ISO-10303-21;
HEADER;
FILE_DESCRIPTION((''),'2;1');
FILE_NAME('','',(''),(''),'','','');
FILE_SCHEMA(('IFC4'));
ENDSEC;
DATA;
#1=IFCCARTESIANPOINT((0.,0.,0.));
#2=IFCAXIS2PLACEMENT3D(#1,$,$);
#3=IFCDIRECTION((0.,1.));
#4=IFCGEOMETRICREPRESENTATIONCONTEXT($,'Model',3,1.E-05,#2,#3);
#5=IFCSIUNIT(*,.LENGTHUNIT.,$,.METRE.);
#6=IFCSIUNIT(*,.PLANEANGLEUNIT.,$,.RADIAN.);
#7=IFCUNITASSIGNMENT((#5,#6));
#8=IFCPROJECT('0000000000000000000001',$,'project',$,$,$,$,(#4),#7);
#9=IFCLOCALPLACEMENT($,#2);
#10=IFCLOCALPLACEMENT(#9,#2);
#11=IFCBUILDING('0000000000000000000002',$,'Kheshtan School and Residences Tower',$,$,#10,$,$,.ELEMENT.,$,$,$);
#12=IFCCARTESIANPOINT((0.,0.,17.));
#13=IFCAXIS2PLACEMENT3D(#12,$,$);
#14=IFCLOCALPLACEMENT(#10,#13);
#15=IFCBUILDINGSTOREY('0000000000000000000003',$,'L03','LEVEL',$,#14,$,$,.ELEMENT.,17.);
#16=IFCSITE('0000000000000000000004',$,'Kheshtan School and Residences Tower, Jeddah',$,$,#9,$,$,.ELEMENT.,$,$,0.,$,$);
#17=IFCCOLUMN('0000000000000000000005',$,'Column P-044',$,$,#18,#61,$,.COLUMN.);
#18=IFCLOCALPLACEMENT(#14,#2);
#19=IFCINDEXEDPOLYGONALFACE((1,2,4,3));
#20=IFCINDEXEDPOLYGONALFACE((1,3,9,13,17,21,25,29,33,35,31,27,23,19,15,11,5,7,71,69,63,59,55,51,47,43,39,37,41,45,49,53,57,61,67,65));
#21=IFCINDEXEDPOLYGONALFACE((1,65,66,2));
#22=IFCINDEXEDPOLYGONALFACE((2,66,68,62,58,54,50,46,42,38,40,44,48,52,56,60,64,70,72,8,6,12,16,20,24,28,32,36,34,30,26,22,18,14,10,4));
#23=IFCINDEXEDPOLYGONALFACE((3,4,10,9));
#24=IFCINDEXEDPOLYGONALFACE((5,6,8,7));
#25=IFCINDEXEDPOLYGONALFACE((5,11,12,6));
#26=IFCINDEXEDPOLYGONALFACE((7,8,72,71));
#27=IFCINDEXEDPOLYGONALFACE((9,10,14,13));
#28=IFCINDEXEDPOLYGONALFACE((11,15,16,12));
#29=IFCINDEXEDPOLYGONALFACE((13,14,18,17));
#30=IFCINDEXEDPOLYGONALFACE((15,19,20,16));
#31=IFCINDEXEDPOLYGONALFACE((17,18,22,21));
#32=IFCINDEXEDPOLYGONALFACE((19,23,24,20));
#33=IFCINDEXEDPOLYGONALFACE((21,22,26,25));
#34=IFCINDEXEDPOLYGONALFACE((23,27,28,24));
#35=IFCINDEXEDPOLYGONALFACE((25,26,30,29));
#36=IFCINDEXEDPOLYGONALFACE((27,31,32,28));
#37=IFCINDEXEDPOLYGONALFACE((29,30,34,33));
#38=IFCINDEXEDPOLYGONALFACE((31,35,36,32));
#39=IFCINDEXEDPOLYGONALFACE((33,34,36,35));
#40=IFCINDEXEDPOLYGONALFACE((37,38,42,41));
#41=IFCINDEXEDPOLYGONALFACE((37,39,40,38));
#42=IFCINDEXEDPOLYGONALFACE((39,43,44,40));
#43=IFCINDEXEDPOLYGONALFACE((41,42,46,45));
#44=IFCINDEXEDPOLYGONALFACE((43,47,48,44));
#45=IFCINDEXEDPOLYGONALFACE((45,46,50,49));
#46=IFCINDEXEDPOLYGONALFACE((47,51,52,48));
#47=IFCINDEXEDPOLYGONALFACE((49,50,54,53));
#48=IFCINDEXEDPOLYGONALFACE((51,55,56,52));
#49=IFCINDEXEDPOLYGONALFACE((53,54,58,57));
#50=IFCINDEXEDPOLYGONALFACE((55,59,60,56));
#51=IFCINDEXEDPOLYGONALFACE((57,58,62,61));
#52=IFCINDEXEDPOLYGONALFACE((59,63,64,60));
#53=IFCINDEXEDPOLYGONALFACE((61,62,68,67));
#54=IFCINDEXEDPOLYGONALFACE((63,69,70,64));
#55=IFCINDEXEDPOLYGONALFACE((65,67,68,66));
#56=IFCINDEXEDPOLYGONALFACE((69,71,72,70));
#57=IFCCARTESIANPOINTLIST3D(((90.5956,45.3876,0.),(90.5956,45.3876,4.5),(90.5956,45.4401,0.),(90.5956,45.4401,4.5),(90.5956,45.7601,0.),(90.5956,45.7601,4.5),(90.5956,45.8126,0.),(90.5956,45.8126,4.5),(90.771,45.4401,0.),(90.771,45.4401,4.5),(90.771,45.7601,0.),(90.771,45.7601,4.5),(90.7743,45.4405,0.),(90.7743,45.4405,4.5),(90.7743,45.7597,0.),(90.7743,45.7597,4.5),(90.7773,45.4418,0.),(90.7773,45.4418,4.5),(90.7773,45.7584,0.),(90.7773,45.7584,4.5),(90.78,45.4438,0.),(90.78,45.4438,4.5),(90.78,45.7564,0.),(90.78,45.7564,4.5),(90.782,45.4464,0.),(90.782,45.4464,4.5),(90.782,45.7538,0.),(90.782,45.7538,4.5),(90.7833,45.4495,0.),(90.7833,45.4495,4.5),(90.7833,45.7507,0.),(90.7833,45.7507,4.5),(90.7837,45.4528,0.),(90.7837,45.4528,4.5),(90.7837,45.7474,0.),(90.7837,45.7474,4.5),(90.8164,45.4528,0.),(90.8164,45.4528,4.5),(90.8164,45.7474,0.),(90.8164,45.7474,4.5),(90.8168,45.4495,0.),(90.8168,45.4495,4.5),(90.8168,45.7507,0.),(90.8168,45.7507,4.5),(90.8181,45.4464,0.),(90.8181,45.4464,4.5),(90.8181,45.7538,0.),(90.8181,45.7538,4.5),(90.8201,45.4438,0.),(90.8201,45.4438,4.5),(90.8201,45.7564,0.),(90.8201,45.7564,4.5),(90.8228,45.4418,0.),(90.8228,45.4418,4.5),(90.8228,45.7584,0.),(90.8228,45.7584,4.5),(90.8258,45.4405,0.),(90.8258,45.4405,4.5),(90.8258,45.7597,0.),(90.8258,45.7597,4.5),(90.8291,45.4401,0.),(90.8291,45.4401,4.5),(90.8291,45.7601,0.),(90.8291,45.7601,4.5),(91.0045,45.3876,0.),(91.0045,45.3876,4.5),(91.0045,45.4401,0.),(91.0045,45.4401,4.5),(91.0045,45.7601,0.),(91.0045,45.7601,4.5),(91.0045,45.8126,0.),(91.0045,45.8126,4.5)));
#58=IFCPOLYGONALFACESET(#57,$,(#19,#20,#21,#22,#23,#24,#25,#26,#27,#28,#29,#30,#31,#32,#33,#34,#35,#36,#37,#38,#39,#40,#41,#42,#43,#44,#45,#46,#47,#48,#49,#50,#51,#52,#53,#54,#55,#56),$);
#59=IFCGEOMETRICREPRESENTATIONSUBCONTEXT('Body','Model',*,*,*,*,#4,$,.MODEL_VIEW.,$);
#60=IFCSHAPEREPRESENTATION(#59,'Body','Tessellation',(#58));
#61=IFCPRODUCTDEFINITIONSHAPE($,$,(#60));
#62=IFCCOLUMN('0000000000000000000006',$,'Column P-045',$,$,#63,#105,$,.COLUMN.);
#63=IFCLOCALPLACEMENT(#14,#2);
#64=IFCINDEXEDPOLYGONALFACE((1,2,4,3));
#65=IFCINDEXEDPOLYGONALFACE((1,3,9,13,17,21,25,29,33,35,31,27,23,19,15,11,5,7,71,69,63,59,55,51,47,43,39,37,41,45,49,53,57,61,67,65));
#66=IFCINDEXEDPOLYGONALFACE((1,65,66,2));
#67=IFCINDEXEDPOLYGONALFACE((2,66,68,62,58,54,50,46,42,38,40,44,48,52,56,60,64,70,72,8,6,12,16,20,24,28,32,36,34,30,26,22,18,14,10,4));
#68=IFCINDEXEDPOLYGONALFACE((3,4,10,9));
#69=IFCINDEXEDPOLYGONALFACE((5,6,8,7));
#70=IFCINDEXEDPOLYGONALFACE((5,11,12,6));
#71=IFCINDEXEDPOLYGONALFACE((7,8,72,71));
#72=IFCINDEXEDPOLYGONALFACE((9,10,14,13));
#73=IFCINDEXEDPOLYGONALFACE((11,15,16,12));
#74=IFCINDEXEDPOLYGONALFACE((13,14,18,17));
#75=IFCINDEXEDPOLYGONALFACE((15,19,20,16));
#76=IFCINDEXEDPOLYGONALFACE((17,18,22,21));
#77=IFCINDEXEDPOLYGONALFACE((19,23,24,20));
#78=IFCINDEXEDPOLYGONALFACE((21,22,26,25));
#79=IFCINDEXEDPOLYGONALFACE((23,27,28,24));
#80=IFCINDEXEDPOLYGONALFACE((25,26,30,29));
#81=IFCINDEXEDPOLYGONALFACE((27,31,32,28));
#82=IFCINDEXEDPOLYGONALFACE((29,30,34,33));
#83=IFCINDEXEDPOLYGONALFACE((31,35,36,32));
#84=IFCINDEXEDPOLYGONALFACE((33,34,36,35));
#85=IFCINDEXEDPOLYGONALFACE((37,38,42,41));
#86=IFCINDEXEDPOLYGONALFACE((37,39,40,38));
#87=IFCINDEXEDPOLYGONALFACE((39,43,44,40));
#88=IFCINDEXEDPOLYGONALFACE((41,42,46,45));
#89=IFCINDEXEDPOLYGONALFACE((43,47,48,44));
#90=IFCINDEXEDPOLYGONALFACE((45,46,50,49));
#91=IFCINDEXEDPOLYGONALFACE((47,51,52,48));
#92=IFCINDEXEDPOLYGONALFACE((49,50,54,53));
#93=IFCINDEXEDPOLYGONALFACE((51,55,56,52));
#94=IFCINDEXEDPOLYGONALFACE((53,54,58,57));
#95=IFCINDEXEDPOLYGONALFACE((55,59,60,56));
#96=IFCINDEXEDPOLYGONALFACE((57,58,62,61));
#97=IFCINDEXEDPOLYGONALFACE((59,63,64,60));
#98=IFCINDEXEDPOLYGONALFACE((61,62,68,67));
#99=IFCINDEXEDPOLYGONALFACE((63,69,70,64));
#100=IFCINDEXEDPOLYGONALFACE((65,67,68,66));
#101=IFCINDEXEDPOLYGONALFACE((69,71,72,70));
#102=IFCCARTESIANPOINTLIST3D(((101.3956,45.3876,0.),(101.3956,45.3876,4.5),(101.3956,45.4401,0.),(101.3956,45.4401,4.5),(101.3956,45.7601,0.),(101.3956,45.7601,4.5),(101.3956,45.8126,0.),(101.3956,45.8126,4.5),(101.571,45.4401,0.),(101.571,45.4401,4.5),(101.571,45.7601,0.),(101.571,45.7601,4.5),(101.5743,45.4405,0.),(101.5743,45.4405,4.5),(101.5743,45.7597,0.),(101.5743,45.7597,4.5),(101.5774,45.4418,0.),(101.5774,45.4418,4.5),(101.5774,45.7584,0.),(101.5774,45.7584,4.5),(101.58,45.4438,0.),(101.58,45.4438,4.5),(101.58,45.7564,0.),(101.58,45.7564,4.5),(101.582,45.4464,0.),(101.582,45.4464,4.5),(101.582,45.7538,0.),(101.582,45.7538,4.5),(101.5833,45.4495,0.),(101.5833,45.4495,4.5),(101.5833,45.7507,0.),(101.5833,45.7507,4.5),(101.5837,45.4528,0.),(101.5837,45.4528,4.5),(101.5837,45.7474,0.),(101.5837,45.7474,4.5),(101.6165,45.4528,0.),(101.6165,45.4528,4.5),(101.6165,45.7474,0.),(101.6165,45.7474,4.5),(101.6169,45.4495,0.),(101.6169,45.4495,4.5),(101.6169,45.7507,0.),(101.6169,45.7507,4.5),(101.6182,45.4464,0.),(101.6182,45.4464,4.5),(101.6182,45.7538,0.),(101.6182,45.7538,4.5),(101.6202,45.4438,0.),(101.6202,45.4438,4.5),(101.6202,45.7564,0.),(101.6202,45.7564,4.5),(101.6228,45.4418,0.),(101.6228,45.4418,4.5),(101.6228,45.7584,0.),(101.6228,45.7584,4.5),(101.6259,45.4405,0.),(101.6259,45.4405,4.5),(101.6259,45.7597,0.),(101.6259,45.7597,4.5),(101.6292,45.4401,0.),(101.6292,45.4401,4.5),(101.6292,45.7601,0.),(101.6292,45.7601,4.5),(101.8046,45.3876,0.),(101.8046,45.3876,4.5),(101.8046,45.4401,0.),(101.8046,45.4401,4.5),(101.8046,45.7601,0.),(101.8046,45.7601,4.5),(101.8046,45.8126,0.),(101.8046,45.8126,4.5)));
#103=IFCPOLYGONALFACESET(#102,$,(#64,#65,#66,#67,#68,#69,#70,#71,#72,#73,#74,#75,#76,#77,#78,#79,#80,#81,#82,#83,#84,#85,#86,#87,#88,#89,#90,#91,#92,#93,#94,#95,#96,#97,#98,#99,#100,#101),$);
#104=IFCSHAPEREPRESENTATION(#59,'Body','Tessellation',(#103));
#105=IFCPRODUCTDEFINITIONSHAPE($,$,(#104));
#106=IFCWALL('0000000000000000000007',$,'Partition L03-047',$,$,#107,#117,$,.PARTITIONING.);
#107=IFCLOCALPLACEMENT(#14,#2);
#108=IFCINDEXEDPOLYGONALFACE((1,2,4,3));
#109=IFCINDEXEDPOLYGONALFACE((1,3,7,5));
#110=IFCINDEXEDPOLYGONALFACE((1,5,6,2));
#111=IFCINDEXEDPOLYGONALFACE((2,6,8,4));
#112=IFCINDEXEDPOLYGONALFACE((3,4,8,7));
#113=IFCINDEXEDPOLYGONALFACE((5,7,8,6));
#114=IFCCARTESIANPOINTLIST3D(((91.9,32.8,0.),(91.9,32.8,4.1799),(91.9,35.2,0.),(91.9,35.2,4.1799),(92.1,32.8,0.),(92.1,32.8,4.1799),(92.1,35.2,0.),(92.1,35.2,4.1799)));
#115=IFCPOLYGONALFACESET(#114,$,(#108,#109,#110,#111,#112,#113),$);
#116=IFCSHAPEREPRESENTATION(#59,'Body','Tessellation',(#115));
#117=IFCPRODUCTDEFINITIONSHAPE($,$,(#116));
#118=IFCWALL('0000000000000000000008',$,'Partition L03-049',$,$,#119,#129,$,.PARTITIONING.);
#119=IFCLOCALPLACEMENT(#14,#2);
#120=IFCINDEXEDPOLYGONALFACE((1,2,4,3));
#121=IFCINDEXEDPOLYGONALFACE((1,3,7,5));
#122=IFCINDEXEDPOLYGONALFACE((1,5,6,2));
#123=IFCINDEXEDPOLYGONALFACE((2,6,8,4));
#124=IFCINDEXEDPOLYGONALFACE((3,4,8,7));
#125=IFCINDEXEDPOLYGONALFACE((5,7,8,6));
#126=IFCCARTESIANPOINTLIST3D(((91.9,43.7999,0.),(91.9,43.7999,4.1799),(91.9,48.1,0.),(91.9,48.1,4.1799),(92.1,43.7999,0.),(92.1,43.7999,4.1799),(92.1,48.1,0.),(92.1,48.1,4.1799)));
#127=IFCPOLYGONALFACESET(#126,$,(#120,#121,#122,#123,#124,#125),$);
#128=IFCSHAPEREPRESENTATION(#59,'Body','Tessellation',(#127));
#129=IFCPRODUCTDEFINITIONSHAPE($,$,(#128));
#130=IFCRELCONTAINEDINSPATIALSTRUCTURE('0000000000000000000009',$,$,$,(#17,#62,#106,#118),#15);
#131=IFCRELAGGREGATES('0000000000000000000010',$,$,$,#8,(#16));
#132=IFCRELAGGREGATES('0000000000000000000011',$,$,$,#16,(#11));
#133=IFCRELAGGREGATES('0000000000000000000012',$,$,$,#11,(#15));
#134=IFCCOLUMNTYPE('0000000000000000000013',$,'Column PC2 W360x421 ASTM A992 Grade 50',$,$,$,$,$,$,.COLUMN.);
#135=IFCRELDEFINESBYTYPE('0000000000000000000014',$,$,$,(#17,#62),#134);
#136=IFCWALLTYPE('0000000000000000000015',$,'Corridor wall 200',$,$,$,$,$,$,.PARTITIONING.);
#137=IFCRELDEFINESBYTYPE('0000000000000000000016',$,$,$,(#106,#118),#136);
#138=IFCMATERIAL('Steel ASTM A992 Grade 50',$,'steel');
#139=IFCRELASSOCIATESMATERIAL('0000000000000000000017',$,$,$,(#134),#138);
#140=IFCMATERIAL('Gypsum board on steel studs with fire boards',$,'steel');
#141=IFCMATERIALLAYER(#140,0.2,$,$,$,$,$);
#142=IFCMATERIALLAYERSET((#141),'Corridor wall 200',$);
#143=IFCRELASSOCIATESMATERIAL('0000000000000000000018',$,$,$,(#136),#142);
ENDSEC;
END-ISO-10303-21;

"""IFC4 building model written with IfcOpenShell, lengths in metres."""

from ifc_helpers import new_model, si_unit, direction, frame, frame_2d, origin, origin_2d, place, context, subcontext, project, spatial, rectangle, i_section, extrude, material, layer, layer_set, material_profile, profile_set, type_object, element, save


model = new_model("IFC4")

# Units and contexts
model_context = context("Model", 3, precision=1e-05, world=origin(), true_north=direction((0.0, 1.0)))
body_context = subcontext(model_context, "Body", "Model", "MODEL_VIEW")
ifc_project = project(units=[si_unit("LENGTHUNIT", "METRE"), si_unit("PLANEANGLEUNIT", "RADIAN")], contexts=[model_context])

# Site, building, storey
site_placement = place(None, origin())
site = spatial("IfcSite", under=ifc_project, at=site_placement, Name="Kheshtan School and Residences Tower, Jeddah", CompositionType="ELEMENT", RefElevation=0.0)
building_placement = place(site_placement, origin())
building = spatial("IfcBuilding", under=site, at=building_placement, Name="Kheshtan School and Residences Tower", CompositionType="ELEMENT")
storey_placement = place(building_placement, frame((0.0, 0.0, 17.0)))
storey = spatial("IfcBuildingStorey", under=building, at=storey_placement, Name="L03", Description="LEVEL", CompositionType="ELEMENT", Elevation=17.0)

# Columns
ifc_material_1 = material(Name="Steel ASTM A992 Grade 50", Category="steel")
ifc_material_profile = material_profile(ifc_material_1, i_section(OverallWidth=0.4089, OverallDepth=0.425, WebThickness=0.0327, FlangeThickness=0.0525, FilletRadius=0.0127, at=origin_2d()), Name="W360x421")
ifc_profile_set = profile_set([ifc_material_profile], Name="Steel ASTM A992 Grade 50")
column_type = type_object("IfcColumnType", Name="Column PC2 W360x421 ASTM A992 Grade 50", PredefinedType="COLUMN", material=ifc_profile_set)
for number, where, z_axis, x_axis, name in (
    (1, (90.8, 45.6001, 0.0), (0.0, 0.0, 1.0), (1.0, 0.0, 0.0), "Column P-044"),
    (2, (101.6001, 45.6001, 0.0), (0.0, 0.0, 1.0), (1.0, 0.0, 0.0), "Column P-045"),
):
    element("IfcColumn", number, at=place(storey_placement, frame(where, z_axis=z_axis, x_axis=x_axis)), inside=storey, type_object=column_type, Name=name, PredefinedType="COLUMN", context=body_context, shape_type="SweptSolid", body=[
        extrude(i_section(OverallWidth=0.4089, OverallDepth=0.425, WebThickness=0.0327, FlangeThickness=0.0525, FilletRadius=0.0127, at=origin_2d()), origin(), (0.0, 0.0, 1.0), 4.5),
    ])

# Walls
ifc_material_2 = material(Name="Gypsum board on steel studs with fire boards", Category="steel")
ifc_layer_1 = layer(ifc_material_2, 0.2)
ifc_layer_set_1 = layer_set([ifc_layer_1], Name="Corridor wall 200")
wall_type_1 = type_object("IfcWallType", Name="Corridor wall 200", PredefinedType="PARTITIONING", material=ifc_layer_set_1)
wall_1_placement = place(storey_placement, frame((92.0, 32.8, 0.0), z_axis=(0.0, 0.0, 1.0), x_axis=(0.0, 1.0, 0.0)))
element("IfcWall", 3, at=wall_1_placement, inside=storey, type_object=wall_type_1, Name="Partition L03-047", PredefinedType="PARTITIONING", context=body_context, shape_type="SweptSolid", body=[
    extrude(rectangle(XDim=2.3999, YDim=0.2, at=frame_2d((1.2, 0.0))), origin(), (0.0, 0.0, 1.0), 4.1799),
])
wall_2_placement = place(storey_placement, frame((92.0, 43.8, 0.0), z_axis=(0.0, 0.0, 1.0), x_axis=(0.0, 1.0, 0.0)))
element("IfcWall", 4, at=wall_2_placement, inside=storey, type_object=wall_type_1, Name="Partition L03-049", PredefinedType="PARTITIONING", context=body_context, shape_type="SweptSolid", body=[
    extrude(rectangle(XDim=4.3, YDim=0.2, at=frame_2d((2.1499, 0.0))), origin(), (0.0, 0.0, 1.0), 4.1799),
])

save(model, "model.ifc")
